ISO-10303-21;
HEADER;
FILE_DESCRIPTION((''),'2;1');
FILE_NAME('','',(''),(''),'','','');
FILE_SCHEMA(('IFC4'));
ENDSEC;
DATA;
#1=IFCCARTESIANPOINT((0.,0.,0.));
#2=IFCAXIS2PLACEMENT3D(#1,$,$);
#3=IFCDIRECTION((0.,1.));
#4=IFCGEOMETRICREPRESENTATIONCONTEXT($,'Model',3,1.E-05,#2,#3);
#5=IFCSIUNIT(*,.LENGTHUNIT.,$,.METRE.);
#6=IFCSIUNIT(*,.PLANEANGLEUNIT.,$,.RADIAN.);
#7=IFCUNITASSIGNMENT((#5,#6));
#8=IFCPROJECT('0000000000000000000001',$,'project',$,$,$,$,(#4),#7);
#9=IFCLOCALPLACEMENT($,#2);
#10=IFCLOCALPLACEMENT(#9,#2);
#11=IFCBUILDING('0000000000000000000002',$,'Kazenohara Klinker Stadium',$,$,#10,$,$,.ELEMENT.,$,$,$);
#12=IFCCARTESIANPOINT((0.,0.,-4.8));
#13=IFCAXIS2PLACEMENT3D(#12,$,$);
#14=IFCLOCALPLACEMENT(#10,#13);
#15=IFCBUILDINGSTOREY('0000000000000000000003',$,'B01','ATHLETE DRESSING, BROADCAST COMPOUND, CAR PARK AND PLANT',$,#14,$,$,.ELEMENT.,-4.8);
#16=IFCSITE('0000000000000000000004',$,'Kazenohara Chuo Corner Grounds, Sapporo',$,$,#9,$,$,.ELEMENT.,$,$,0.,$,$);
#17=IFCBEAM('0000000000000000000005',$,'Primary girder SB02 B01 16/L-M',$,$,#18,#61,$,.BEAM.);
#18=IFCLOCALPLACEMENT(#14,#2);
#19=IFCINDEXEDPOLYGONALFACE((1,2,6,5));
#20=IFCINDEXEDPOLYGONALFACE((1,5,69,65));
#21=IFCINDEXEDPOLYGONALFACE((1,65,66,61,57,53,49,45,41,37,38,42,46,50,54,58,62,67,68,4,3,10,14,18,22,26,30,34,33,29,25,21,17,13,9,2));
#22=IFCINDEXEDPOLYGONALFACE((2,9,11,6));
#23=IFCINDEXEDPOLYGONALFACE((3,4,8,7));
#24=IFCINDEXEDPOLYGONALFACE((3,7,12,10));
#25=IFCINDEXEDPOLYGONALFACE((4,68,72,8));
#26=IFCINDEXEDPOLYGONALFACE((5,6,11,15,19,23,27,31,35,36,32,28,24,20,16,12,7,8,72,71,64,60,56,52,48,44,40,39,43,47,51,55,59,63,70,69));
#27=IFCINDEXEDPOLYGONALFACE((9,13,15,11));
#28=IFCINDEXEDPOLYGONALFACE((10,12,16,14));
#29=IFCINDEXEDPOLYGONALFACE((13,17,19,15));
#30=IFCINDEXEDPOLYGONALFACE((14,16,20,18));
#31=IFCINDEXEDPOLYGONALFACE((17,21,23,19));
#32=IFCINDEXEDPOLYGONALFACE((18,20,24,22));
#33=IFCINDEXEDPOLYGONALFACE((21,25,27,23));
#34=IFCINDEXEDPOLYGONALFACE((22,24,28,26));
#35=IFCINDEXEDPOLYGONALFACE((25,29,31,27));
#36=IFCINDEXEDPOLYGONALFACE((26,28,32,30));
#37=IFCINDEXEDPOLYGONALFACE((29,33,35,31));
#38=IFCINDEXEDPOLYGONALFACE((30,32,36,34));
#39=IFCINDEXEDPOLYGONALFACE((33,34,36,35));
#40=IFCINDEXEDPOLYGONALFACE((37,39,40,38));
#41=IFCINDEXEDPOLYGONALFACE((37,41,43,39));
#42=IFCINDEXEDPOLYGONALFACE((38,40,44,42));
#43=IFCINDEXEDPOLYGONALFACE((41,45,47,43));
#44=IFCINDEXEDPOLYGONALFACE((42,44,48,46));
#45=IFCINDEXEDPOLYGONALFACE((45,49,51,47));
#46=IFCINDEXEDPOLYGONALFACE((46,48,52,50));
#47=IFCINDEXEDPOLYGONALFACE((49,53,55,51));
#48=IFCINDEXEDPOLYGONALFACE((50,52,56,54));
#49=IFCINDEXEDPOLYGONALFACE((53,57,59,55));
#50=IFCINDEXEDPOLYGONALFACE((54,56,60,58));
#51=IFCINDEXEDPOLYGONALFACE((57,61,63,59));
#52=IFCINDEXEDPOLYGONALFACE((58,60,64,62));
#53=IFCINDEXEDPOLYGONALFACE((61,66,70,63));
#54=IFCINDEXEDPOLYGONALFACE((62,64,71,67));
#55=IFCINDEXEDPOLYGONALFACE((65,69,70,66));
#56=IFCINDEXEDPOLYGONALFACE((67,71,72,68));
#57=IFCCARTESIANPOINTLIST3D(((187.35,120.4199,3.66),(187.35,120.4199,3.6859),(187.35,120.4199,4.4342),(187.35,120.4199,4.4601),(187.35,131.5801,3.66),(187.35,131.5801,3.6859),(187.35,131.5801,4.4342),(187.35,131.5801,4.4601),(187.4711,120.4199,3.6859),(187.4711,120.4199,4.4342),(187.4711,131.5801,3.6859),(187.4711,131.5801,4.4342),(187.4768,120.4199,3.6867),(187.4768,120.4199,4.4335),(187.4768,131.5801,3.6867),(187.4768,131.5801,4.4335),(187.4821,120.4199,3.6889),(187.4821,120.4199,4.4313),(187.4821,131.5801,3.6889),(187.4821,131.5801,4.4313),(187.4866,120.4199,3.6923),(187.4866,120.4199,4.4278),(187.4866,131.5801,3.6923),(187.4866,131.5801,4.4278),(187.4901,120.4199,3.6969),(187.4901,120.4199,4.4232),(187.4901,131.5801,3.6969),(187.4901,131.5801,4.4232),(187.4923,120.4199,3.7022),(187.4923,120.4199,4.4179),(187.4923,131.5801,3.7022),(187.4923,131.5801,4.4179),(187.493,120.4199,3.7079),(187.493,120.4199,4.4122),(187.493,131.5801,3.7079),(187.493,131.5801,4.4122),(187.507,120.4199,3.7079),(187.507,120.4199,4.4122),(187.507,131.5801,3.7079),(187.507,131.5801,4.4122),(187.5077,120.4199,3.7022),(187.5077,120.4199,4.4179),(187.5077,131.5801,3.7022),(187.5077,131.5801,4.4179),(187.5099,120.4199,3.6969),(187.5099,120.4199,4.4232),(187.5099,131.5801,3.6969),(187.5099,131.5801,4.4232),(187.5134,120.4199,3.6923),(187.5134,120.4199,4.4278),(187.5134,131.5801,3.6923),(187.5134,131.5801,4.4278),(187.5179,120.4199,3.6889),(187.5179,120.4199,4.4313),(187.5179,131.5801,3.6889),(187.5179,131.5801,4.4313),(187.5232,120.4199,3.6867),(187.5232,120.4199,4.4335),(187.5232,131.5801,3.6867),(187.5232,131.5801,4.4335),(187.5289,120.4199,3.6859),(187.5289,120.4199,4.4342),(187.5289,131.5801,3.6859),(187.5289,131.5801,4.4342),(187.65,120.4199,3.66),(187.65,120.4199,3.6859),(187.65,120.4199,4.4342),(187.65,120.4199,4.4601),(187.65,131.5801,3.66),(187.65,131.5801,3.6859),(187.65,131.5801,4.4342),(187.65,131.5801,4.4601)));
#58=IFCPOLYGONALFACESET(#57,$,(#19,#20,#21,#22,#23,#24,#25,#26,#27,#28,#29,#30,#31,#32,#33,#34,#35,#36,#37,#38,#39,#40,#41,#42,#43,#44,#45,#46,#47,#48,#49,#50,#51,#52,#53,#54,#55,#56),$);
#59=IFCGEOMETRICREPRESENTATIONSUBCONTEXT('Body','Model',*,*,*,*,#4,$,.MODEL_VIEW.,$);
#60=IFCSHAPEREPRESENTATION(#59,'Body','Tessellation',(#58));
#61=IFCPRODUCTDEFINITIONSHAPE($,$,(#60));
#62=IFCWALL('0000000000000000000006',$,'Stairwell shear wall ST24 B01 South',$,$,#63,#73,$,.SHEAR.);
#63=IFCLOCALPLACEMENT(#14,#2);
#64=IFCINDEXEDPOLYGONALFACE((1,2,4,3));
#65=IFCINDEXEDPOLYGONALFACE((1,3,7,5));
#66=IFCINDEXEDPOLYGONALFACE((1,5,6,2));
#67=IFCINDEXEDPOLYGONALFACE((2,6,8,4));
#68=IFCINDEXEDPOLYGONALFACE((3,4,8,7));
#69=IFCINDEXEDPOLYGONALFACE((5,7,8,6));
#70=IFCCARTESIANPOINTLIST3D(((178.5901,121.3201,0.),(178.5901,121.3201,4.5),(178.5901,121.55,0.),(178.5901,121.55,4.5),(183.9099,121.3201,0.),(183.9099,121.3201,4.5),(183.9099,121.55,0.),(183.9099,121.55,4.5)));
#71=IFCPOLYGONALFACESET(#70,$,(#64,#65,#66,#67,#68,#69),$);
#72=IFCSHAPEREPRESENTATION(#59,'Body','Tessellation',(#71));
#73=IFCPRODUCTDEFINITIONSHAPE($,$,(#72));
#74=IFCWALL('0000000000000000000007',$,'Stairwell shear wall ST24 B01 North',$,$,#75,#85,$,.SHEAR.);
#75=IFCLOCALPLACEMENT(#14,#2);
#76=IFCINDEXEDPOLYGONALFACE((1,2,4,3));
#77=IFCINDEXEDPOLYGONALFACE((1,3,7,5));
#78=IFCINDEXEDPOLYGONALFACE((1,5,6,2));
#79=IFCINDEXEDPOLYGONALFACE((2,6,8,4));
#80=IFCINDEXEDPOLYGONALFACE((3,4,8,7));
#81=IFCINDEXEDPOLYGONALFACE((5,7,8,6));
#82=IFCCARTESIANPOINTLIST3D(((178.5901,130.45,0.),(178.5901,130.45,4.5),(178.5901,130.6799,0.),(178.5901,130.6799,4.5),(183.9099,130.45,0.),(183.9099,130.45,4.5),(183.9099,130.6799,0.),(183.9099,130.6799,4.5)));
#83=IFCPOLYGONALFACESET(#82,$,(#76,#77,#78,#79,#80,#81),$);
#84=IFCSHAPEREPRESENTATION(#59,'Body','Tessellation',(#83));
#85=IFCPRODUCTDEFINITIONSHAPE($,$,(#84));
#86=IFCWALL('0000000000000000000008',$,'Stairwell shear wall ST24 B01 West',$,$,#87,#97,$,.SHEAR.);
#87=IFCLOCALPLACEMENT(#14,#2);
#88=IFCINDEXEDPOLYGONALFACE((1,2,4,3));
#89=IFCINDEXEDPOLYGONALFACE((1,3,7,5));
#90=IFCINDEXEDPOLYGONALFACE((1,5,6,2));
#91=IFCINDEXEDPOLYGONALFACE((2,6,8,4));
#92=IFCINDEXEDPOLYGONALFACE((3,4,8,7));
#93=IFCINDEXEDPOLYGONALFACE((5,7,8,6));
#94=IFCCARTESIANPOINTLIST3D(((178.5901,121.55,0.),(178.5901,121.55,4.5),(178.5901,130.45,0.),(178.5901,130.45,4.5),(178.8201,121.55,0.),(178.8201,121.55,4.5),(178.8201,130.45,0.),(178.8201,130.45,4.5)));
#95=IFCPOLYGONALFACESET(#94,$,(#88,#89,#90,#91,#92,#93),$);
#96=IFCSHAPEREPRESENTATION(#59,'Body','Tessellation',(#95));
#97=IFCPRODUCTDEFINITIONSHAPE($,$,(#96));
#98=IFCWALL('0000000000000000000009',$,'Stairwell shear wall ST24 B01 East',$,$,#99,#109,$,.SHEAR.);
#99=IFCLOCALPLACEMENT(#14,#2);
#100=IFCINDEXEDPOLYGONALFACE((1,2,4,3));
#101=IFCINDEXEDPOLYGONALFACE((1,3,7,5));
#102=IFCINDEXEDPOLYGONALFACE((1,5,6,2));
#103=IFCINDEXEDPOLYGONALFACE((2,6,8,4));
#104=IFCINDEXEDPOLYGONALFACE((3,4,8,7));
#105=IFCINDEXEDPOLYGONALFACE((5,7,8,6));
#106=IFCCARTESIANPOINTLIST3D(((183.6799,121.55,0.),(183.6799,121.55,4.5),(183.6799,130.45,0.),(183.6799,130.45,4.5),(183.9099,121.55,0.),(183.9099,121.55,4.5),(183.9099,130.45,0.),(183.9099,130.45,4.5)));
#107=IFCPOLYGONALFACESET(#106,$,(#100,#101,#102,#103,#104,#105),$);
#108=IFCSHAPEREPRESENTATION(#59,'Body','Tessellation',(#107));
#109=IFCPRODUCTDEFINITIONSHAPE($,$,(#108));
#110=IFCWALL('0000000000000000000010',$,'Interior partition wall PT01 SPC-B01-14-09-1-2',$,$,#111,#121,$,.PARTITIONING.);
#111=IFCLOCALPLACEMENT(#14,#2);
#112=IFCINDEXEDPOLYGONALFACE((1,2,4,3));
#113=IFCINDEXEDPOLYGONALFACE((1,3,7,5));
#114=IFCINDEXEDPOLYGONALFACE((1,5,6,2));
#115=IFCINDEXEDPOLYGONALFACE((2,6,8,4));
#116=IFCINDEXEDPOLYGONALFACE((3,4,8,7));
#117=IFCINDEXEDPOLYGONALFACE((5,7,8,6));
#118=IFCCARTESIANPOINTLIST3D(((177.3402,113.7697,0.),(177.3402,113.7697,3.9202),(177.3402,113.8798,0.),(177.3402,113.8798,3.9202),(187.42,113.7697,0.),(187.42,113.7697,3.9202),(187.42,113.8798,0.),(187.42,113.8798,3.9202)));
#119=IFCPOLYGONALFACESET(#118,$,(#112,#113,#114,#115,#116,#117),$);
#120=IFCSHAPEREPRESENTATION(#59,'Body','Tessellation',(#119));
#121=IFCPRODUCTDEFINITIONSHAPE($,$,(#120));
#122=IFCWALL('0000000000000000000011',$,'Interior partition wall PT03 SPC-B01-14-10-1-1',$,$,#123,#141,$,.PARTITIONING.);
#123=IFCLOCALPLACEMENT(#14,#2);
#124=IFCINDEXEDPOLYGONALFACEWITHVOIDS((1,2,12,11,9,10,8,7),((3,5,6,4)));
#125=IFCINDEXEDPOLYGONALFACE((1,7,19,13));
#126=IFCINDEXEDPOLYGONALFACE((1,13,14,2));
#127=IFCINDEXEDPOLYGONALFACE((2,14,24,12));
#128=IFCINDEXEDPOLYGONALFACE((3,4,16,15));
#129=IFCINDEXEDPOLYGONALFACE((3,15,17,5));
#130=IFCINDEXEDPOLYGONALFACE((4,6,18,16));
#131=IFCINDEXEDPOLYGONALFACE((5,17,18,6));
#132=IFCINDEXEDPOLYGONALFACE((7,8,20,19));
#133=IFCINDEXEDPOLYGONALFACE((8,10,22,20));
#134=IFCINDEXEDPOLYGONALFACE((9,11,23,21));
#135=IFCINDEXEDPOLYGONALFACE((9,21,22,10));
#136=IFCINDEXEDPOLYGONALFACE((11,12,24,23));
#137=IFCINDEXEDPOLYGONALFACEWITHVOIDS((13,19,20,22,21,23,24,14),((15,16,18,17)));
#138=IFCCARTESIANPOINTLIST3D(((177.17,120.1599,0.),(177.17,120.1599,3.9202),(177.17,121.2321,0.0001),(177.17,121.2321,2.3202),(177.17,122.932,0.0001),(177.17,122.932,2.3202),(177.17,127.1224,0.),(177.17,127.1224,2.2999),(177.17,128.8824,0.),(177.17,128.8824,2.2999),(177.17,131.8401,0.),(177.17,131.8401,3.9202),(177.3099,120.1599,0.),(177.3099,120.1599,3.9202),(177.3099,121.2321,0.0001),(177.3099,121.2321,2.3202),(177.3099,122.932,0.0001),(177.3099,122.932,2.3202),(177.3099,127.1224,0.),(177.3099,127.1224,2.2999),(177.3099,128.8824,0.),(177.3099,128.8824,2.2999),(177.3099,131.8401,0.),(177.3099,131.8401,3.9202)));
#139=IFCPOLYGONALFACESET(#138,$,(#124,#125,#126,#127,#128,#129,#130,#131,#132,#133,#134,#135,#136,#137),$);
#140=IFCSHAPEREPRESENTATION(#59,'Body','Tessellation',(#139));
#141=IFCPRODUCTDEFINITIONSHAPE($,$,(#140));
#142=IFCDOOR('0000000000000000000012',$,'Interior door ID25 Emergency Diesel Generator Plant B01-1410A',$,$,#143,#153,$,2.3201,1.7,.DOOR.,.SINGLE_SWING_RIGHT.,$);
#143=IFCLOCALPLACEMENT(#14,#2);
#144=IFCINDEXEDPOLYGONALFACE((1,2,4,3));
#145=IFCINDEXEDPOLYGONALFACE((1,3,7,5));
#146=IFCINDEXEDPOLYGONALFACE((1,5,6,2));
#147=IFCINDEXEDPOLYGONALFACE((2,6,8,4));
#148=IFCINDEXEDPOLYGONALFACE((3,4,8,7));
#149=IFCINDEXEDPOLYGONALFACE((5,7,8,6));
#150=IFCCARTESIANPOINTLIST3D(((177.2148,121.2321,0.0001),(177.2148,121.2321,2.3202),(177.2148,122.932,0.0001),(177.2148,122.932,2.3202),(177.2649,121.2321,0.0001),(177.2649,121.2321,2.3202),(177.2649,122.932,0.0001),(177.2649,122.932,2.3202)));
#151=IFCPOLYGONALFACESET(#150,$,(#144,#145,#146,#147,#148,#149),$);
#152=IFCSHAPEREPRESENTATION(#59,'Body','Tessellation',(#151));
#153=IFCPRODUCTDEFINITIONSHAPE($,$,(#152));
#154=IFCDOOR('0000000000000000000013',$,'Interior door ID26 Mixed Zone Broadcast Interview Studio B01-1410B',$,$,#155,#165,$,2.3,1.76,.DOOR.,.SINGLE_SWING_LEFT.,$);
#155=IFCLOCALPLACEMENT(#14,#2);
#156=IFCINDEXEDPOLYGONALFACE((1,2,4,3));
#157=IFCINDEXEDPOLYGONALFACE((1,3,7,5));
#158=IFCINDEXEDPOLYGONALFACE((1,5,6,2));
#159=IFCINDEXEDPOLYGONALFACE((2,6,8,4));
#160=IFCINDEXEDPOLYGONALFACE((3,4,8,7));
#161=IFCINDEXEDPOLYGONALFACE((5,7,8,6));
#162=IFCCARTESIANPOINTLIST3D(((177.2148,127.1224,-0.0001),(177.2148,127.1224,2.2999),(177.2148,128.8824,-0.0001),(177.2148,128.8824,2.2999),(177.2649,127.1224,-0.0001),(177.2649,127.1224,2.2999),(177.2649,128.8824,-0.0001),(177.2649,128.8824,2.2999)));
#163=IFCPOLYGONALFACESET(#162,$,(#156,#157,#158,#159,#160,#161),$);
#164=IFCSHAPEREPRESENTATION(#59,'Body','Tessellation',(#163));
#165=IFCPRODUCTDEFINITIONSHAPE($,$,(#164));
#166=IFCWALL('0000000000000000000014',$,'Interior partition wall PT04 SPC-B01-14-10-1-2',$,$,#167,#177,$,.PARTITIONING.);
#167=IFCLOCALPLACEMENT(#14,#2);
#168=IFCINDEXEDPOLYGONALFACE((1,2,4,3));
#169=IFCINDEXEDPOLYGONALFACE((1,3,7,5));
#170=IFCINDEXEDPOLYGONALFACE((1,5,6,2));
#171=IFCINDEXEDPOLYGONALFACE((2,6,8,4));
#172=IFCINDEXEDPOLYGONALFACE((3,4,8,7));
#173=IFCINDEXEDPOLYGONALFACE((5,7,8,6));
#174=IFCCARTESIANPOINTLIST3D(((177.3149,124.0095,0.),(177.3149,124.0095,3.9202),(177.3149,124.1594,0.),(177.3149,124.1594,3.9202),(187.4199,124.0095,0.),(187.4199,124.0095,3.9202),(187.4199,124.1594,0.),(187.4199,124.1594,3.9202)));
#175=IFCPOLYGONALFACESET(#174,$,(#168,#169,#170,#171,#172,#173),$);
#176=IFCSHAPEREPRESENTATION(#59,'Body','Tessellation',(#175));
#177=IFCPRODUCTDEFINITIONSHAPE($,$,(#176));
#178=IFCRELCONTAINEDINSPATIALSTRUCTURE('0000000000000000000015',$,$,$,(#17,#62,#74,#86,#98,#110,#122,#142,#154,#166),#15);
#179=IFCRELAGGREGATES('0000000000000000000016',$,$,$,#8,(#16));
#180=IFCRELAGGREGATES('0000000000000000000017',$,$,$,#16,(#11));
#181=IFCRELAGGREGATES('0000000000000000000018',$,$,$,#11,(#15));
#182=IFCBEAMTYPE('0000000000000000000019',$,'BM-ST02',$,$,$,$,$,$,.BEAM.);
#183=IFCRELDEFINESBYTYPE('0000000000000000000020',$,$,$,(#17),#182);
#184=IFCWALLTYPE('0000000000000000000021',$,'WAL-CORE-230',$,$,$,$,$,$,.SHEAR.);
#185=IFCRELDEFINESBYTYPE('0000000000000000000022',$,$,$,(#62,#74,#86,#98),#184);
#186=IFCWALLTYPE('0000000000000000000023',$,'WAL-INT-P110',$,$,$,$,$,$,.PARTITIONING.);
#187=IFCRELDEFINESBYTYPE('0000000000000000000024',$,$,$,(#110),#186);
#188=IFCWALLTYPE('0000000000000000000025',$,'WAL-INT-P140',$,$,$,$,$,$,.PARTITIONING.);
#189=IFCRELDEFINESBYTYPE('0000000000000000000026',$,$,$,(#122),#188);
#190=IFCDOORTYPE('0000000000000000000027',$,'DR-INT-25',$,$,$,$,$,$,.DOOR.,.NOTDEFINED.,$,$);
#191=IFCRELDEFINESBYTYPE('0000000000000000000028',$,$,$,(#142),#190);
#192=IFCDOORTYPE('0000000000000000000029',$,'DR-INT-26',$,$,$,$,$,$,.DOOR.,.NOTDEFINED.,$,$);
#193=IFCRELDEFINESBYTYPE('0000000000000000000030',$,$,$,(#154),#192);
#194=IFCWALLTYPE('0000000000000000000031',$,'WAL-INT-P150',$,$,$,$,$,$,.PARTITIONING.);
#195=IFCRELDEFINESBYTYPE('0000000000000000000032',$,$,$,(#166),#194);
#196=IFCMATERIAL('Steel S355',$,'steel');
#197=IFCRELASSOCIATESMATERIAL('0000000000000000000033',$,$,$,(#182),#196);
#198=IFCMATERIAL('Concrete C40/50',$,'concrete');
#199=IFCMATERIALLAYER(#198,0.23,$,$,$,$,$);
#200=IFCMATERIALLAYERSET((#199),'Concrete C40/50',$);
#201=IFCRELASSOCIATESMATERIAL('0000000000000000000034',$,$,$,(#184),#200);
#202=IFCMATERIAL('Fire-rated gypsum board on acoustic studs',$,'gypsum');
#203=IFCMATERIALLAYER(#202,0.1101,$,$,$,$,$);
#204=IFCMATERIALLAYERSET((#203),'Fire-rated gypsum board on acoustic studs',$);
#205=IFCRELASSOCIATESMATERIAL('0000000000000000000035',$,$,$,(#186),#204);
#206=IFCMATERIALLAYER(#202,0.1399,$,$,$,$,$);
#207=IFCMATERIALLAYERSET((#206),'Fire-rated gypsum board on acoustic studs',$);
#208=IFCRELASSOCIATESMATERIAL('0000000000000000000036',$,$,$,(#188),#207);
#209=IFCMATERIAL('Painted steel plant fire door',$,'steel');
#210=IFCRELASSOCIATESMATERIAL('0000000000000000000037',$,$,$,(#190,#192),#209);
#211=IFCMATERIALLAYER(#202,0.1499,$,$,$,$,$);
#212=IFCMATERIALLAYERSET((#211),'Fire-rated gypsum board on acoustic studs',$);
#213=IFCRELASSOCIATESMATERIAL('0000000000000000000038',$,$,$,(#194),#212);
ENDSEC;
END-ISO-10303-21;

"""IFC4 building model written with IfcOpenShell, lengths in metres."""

from ifc_helpers import new_model, si_unit, direction, frame, frame_2d, origin, origin_2d, place, context, subcontext, project, spatial, rectangle, i_section, extrude, material, layer, layer_set, material_profile, profile_set, type_object, element, fill, save


model = new_model("IFC4")

# Units and contexts
model_context = context("Model", 3, precision=1e-05, world=origin(), true_north=direction((0.0, 1.0)))
body_context = subcontext(model_context, "Body", "Model", "MODEL_VIEW")
ifc_project = project(units=[si_unit("LENGTHUNIT", "METRE"), si_unit("PLANEANGLEUNIT", "RADIAN")], contexts=[model_context])

# Site, building, storey
site_placement = place(None, origin())
site = spatial("IfcSite", under=ifc_project, at=site_placement, Name="Kazenohara Chuo Corner Grounds, Sapporo", CompositionType="ELEMENT", RefElevation=0.0)
building_placement = place(site_placement, origin())
building = spatial("IfcBuilding", under=site, at=building_placement, Name="Kazenohara Klinker Stadium", CompositionType="ELEMENT")
storey_placement = place(building_placement, frame((0.0, 0.0, -4.8)))
storey = spatial("IfcBuildingStorey", under=building, at=storey_placement, Name="B01", Description="ATHLETE DRESSING, BROADCAST COMPOUND, CAR PARK AND PLANT", CompositionType="ELEMENT", Elevation=-4.8)

# Shared definitions
ifc_material_1 = material(Name="Concrete C40/50", Category="concrete")

# Beam
ifc_material_2 = material(Name="Steel S355", Category="steel")
ifc_material_profile_1 = material_profile(ifc_material_2, i_section(OverallWidth=0.3, OverallDepth=0.8, WebThickness=0.0139, FlangeThickness=0.0259, FilletRadius=0.022, at=origin_2d()), Name="H-800x300x14x26")
ifc_profile_set_1 = profile_set([ifc_material_profile_1], Name="Steel S355")
beam_type_1 = type_object("IfcBeamType", Name="BM-ST02", PredefinedType="BEAM", material=ifc_profile_set_1)
beam_1_placement = place(storey_placement, frame((187.5, 120.4199, 4.0601), z_axis=(0.0, 1.0, 0.0), x_axis=(-1.0, 0.0, 0.0)))
element("IfcBeam", 1, at=beam_1_placement, inside=storey, type_object=beam_type_1, Name="Primary girder SB02 B01 16/L-M", PredefinedType="BEAM", context=body_context, shape_type="SweptSolid", body=[
    extrude(i_section(OverallWidth=0.3, OverallDepth=0.8, WebThickness=0.0139, FlangeThickness=0.0259, FilletRadius=0.022, at=origin_2d()), origin(), (0.0, 0.0, 1.0), 11.1602),
])

# Walls
ifc_layer_1 = layer(ifc_material_1, 0.23)
ifc_layer_set_1 = layer_set([ifc_layer_1], Name="Concrete C40/50")
wall_type_1 = type_object("IfcWallType", Name="WAL-CORE-230", PredefinedType="SHEAR", material=ifc_layer_set_1)
for number, where, z_axis, x_axis, name in (
    (2, (178.5901, 121.4351, 0.0), (0.0, 0.0, 1.0), (1.0, 0.0, 0.0), "Stairwell shear wall ST24 B01 South"),
    (3, (178.5901, 130.5649, 0.0), (0.0, 0.0, 1.0), (1.0, 0.0, 0.0), "Stairwell shear wall ST24 B01 North"),
):
    element("IfcWall", number, at=place(storey_placement, frame(where, z_axis=z_axis, x_axis=x_axis)), inside=storey, type_object=wall_type_1, Name=name, PredefinedType="SHEAR", context=body_context, shape_type="SweptSolid", body=[
        extrude(rectangle(XDim=5.3198, YDim=0.23, at=frame_2d((2.6599, 0.0))), origin(), (0.0, 0.0, 1.0), 4.5),
    ])
for number, where, z_axis, x_axis, name in (
    (4, (178.7051, 121.55, 0.0), (0.0, 0.0, 1.0), (0.0, 1.0, 0.0), "Stairwell shear wall ST24 B01 West"),
    (5, (183.7949, 121.55, 0.0), (0.0, 0.0, 1.0), (0.0, 1.0, 0.0), "Stairwell shear wall ST24 B01 East"),
):
    element("IfcWall", number, at=place(storey_placement, frame(where, z_axis=z_axis, x_axis=x_axis)), inside=storey, type_object=wall_type_1, Name=name, PredefinedType="SHEAR", context=body_context, shape_type="SweptSolid", body=[
        extrude(rectangle(XDim=8.8999, YDim=0.23, at=frame_2d((4.45, 0.0))), origin(), (0.0, 0.0, 1.0), 4.5),
    ])
ifc_material_3 = material(Name="Fire-rated gypsum board on acoustic studs", Category="gypsum")
ifc_layer_2 = layer(ifc_material_3, 0.1101)
ifc_layer_set_2 = layer_set([ifc_layer_2], Name="Fire-rated gypsum board on acoustic studs")
wall_type_2 = type_object("IfcWallType", Name="WAL-INT-P110", PredefinedType="PARTITIONING", material=ifc_layer_set_2)
wall_1_placement = place(storey_placement, frame((177.3401, 113.8247, 0.0), z_axis=(0.0, 0.0, 1.0), x_axis=(1.0, 0.0, 0.0)))
element("IfcWall", 6, at=wall_1_placement, inside=storey, type_object=wall_type_2, Name="Interior partition wall PT01 SPC-B01-14-09-1-2", PredefinedType="PARTITIONING", context=body_context, shape_type="SweptSolid", body=[
    extrude(rectangle(XDim=10.0798, YDim=0.1101, at=frame_2d((5.04, 0.0))), origin(), (0.0, 0.0, 1.0), 3.9202),
])

# Wall, openings, doors
ifc_layer_3 = layer(ifc_material_3, 0.1399)
ifc_layer_set_3 = layer_set([ifc_layer_3], Name="Fire-rated gypsum board on acoustic studs")
wall_type_3 = type_object("IfcWallType", Name="WAL-INT-P140", PredefinedType="PARTITIONING", material=ifc_layer_set_3)
wall_2_placement = place(storey_placement, frame((177.24, 120.1599, 0.0), z_axis=(0.0, 0.0, 1.0), x_axis=(0.0, 1.0, 0.0)))
wall_2 = element("IfcWall", 7, at=wall_2_placement, inside=storey, type_object=wall_type_3, Name="Interior partition wall PT03 SPC-B01-14-10-1-1", PredefinedType="PARTITIONING", context=body_context, shape_type="SweptSolid", body=[
    extrude(rectangle(XDim=11.6802, YDim=0.1399, at=frame_2d((5.8401, 0.0))), origin(), (0.0, 0.0, 1.0), 3.9202),
])
opening_1_placement = place(wall_2_placement, frame((2.7722, 0.0, 0.0), z_axis=(0.0, 0.0, 1.0), x_axis=(-1.0, 0.0, 0.0)))
opening_1 = element("IfcOpeningElement", 8, at=opening_1_placement, cuts=wall_2, PredefinedType="OPENING", context=body_context, shape_type="SweptSolid", body=[
    extrude(rectangle(XDim=1.7, YDim=2.3201, at=frame_2d((0.8501, 1.1602))), frame((0.0, 0.0801, 0.0), z_axis=(0.0, -1.0, 0.0), x_axis=(1.0, 0.0, 0.0)), (0.0, 0.0, 1.0), 0.1599),
])
opening_2_placement = place(wall_2_placement, frame((8.7224, 0.0, 0.0), z_axis=(0.0, 0.0, 1.0), x_axis=(-1.0, 0.0, 0.0)))
opening_2 = element("IfcOpeningElement", 9, at=opening_2_placement, cuts=wall_2, PredefinedType="OPENING", context=body_context, shape_type="SweptSolid", body=[
    extrude(rectangle(XDim=1.76, YDim=2.3, at=frame_2d((0.8799, 1.1499))), frame((0.0, 0.0801, 0.0), z_axis=(0.0, -1.0, 0.0), x_axis=(1.0, 0.0, 0.0)), (0.0, 0.0, 1.0), 0.1599),
])
ifc_material_4 = material(Name="Painted steel plant fire door", Category="steel")
door_type_1 = type_object("IfcDoorType", Name="DR-INT-25", OperationType="NOTDEFINED", PredefinedType="DOOR", material=ifc_material_4)
door_1_placement = place(opening_1_placement, origin())
door_1 = element("IfcDoor", 10, at=door_1_placement, inside=storey, type_object=door_type_1, Name="Interior door ID25 Emergency Diesel Generator Plant B01-1410A", OperationType="SINGLE_SWING_RIGHT", OverallHeight=2.3201, OverallWidth=1.7, PredefinedType="DOOR", context=body_context, shape_type="SweptSolid", body=[
    extrude(rectangle(XDim=1.7, YDim=2.3201, at=frame_2d((0.8501, 1.1602))), frame((0.0, 0.0249, 0.0), z_axis=(0.0, -1.0, 0.0), x_axis=(1.0, 0.0, 0.0)), (0.0, 0.0, 1.0), 0.05),
])
fill(opening_1, door_1)
door_type_2 = type_object("IfcDoorType", Name="DR-INT-26", OperationType="NOTDEFINED", PredefinedType="DOOR", material=ifc_material_4)
door_2_placement = place(opening_2_placement, origin())
door_2 = element("IfcDoor", 11, at=door_2_placement, inside=storey, type_object=door_type_2, Name="Interior door ID26 Mixed Zone Broadcast Interview Studio B01-1410B", OperationType="SINGLE_SWING_LEFT", OverallHeight=2.3, OverallWidth=1.76, PredefinedType="DOOR", context=body_context, shape_type="SweptSolid", body=[
    extrude(rectangle(XDim=1.76, YDim=2.3, at=frame_2d((0.8799, 1.1499))), frame((0.0, 0.0249, 0.0), z_axis=(0.0, -1.0, 0.0), x_axis=(1.0, 0.0, 0.0)), (0.0, 0.0, 1.0), 0.05),
])
fill(opening_2, door_2)

# Wall
ifc_layer_4 = layer(ifc_material_3, 0.1499)
ifc_layer_set_4 = layer_set([ifc_layer_4], Name="Fire-rated gypsum board on acoustic studs")
wall_type_4 = type_object("IfcWallType", Name="WAL-INT-P150", PredefinedType="PARTITIONING", material=ifc_layer_set_4)
wall_3_placement = place(storey_placement, frame((177.3149, 124.0845, 0.0), z_axis=(0.0, 0.0, 1.0), x_axis=(1.0, 0.0, 0.0)))
element("IfcWall", 12, at=wall_3_placement, inside=storey, type_object=wall_type_4, Name="Interior partition wall PT04 SPC-B01-14-10-1-2", PredefinedType="PARTITIONING", context=body_context, shape_type="SweptSolid", body=[
    extrude(rectangle(XDim=10.105, YDim=0.1499, at=frame_2d((5.0525, 0.0))), origin(), (0.0, 0.0, 1.0), 3.9202),
])

save(model, "model.ifc")
